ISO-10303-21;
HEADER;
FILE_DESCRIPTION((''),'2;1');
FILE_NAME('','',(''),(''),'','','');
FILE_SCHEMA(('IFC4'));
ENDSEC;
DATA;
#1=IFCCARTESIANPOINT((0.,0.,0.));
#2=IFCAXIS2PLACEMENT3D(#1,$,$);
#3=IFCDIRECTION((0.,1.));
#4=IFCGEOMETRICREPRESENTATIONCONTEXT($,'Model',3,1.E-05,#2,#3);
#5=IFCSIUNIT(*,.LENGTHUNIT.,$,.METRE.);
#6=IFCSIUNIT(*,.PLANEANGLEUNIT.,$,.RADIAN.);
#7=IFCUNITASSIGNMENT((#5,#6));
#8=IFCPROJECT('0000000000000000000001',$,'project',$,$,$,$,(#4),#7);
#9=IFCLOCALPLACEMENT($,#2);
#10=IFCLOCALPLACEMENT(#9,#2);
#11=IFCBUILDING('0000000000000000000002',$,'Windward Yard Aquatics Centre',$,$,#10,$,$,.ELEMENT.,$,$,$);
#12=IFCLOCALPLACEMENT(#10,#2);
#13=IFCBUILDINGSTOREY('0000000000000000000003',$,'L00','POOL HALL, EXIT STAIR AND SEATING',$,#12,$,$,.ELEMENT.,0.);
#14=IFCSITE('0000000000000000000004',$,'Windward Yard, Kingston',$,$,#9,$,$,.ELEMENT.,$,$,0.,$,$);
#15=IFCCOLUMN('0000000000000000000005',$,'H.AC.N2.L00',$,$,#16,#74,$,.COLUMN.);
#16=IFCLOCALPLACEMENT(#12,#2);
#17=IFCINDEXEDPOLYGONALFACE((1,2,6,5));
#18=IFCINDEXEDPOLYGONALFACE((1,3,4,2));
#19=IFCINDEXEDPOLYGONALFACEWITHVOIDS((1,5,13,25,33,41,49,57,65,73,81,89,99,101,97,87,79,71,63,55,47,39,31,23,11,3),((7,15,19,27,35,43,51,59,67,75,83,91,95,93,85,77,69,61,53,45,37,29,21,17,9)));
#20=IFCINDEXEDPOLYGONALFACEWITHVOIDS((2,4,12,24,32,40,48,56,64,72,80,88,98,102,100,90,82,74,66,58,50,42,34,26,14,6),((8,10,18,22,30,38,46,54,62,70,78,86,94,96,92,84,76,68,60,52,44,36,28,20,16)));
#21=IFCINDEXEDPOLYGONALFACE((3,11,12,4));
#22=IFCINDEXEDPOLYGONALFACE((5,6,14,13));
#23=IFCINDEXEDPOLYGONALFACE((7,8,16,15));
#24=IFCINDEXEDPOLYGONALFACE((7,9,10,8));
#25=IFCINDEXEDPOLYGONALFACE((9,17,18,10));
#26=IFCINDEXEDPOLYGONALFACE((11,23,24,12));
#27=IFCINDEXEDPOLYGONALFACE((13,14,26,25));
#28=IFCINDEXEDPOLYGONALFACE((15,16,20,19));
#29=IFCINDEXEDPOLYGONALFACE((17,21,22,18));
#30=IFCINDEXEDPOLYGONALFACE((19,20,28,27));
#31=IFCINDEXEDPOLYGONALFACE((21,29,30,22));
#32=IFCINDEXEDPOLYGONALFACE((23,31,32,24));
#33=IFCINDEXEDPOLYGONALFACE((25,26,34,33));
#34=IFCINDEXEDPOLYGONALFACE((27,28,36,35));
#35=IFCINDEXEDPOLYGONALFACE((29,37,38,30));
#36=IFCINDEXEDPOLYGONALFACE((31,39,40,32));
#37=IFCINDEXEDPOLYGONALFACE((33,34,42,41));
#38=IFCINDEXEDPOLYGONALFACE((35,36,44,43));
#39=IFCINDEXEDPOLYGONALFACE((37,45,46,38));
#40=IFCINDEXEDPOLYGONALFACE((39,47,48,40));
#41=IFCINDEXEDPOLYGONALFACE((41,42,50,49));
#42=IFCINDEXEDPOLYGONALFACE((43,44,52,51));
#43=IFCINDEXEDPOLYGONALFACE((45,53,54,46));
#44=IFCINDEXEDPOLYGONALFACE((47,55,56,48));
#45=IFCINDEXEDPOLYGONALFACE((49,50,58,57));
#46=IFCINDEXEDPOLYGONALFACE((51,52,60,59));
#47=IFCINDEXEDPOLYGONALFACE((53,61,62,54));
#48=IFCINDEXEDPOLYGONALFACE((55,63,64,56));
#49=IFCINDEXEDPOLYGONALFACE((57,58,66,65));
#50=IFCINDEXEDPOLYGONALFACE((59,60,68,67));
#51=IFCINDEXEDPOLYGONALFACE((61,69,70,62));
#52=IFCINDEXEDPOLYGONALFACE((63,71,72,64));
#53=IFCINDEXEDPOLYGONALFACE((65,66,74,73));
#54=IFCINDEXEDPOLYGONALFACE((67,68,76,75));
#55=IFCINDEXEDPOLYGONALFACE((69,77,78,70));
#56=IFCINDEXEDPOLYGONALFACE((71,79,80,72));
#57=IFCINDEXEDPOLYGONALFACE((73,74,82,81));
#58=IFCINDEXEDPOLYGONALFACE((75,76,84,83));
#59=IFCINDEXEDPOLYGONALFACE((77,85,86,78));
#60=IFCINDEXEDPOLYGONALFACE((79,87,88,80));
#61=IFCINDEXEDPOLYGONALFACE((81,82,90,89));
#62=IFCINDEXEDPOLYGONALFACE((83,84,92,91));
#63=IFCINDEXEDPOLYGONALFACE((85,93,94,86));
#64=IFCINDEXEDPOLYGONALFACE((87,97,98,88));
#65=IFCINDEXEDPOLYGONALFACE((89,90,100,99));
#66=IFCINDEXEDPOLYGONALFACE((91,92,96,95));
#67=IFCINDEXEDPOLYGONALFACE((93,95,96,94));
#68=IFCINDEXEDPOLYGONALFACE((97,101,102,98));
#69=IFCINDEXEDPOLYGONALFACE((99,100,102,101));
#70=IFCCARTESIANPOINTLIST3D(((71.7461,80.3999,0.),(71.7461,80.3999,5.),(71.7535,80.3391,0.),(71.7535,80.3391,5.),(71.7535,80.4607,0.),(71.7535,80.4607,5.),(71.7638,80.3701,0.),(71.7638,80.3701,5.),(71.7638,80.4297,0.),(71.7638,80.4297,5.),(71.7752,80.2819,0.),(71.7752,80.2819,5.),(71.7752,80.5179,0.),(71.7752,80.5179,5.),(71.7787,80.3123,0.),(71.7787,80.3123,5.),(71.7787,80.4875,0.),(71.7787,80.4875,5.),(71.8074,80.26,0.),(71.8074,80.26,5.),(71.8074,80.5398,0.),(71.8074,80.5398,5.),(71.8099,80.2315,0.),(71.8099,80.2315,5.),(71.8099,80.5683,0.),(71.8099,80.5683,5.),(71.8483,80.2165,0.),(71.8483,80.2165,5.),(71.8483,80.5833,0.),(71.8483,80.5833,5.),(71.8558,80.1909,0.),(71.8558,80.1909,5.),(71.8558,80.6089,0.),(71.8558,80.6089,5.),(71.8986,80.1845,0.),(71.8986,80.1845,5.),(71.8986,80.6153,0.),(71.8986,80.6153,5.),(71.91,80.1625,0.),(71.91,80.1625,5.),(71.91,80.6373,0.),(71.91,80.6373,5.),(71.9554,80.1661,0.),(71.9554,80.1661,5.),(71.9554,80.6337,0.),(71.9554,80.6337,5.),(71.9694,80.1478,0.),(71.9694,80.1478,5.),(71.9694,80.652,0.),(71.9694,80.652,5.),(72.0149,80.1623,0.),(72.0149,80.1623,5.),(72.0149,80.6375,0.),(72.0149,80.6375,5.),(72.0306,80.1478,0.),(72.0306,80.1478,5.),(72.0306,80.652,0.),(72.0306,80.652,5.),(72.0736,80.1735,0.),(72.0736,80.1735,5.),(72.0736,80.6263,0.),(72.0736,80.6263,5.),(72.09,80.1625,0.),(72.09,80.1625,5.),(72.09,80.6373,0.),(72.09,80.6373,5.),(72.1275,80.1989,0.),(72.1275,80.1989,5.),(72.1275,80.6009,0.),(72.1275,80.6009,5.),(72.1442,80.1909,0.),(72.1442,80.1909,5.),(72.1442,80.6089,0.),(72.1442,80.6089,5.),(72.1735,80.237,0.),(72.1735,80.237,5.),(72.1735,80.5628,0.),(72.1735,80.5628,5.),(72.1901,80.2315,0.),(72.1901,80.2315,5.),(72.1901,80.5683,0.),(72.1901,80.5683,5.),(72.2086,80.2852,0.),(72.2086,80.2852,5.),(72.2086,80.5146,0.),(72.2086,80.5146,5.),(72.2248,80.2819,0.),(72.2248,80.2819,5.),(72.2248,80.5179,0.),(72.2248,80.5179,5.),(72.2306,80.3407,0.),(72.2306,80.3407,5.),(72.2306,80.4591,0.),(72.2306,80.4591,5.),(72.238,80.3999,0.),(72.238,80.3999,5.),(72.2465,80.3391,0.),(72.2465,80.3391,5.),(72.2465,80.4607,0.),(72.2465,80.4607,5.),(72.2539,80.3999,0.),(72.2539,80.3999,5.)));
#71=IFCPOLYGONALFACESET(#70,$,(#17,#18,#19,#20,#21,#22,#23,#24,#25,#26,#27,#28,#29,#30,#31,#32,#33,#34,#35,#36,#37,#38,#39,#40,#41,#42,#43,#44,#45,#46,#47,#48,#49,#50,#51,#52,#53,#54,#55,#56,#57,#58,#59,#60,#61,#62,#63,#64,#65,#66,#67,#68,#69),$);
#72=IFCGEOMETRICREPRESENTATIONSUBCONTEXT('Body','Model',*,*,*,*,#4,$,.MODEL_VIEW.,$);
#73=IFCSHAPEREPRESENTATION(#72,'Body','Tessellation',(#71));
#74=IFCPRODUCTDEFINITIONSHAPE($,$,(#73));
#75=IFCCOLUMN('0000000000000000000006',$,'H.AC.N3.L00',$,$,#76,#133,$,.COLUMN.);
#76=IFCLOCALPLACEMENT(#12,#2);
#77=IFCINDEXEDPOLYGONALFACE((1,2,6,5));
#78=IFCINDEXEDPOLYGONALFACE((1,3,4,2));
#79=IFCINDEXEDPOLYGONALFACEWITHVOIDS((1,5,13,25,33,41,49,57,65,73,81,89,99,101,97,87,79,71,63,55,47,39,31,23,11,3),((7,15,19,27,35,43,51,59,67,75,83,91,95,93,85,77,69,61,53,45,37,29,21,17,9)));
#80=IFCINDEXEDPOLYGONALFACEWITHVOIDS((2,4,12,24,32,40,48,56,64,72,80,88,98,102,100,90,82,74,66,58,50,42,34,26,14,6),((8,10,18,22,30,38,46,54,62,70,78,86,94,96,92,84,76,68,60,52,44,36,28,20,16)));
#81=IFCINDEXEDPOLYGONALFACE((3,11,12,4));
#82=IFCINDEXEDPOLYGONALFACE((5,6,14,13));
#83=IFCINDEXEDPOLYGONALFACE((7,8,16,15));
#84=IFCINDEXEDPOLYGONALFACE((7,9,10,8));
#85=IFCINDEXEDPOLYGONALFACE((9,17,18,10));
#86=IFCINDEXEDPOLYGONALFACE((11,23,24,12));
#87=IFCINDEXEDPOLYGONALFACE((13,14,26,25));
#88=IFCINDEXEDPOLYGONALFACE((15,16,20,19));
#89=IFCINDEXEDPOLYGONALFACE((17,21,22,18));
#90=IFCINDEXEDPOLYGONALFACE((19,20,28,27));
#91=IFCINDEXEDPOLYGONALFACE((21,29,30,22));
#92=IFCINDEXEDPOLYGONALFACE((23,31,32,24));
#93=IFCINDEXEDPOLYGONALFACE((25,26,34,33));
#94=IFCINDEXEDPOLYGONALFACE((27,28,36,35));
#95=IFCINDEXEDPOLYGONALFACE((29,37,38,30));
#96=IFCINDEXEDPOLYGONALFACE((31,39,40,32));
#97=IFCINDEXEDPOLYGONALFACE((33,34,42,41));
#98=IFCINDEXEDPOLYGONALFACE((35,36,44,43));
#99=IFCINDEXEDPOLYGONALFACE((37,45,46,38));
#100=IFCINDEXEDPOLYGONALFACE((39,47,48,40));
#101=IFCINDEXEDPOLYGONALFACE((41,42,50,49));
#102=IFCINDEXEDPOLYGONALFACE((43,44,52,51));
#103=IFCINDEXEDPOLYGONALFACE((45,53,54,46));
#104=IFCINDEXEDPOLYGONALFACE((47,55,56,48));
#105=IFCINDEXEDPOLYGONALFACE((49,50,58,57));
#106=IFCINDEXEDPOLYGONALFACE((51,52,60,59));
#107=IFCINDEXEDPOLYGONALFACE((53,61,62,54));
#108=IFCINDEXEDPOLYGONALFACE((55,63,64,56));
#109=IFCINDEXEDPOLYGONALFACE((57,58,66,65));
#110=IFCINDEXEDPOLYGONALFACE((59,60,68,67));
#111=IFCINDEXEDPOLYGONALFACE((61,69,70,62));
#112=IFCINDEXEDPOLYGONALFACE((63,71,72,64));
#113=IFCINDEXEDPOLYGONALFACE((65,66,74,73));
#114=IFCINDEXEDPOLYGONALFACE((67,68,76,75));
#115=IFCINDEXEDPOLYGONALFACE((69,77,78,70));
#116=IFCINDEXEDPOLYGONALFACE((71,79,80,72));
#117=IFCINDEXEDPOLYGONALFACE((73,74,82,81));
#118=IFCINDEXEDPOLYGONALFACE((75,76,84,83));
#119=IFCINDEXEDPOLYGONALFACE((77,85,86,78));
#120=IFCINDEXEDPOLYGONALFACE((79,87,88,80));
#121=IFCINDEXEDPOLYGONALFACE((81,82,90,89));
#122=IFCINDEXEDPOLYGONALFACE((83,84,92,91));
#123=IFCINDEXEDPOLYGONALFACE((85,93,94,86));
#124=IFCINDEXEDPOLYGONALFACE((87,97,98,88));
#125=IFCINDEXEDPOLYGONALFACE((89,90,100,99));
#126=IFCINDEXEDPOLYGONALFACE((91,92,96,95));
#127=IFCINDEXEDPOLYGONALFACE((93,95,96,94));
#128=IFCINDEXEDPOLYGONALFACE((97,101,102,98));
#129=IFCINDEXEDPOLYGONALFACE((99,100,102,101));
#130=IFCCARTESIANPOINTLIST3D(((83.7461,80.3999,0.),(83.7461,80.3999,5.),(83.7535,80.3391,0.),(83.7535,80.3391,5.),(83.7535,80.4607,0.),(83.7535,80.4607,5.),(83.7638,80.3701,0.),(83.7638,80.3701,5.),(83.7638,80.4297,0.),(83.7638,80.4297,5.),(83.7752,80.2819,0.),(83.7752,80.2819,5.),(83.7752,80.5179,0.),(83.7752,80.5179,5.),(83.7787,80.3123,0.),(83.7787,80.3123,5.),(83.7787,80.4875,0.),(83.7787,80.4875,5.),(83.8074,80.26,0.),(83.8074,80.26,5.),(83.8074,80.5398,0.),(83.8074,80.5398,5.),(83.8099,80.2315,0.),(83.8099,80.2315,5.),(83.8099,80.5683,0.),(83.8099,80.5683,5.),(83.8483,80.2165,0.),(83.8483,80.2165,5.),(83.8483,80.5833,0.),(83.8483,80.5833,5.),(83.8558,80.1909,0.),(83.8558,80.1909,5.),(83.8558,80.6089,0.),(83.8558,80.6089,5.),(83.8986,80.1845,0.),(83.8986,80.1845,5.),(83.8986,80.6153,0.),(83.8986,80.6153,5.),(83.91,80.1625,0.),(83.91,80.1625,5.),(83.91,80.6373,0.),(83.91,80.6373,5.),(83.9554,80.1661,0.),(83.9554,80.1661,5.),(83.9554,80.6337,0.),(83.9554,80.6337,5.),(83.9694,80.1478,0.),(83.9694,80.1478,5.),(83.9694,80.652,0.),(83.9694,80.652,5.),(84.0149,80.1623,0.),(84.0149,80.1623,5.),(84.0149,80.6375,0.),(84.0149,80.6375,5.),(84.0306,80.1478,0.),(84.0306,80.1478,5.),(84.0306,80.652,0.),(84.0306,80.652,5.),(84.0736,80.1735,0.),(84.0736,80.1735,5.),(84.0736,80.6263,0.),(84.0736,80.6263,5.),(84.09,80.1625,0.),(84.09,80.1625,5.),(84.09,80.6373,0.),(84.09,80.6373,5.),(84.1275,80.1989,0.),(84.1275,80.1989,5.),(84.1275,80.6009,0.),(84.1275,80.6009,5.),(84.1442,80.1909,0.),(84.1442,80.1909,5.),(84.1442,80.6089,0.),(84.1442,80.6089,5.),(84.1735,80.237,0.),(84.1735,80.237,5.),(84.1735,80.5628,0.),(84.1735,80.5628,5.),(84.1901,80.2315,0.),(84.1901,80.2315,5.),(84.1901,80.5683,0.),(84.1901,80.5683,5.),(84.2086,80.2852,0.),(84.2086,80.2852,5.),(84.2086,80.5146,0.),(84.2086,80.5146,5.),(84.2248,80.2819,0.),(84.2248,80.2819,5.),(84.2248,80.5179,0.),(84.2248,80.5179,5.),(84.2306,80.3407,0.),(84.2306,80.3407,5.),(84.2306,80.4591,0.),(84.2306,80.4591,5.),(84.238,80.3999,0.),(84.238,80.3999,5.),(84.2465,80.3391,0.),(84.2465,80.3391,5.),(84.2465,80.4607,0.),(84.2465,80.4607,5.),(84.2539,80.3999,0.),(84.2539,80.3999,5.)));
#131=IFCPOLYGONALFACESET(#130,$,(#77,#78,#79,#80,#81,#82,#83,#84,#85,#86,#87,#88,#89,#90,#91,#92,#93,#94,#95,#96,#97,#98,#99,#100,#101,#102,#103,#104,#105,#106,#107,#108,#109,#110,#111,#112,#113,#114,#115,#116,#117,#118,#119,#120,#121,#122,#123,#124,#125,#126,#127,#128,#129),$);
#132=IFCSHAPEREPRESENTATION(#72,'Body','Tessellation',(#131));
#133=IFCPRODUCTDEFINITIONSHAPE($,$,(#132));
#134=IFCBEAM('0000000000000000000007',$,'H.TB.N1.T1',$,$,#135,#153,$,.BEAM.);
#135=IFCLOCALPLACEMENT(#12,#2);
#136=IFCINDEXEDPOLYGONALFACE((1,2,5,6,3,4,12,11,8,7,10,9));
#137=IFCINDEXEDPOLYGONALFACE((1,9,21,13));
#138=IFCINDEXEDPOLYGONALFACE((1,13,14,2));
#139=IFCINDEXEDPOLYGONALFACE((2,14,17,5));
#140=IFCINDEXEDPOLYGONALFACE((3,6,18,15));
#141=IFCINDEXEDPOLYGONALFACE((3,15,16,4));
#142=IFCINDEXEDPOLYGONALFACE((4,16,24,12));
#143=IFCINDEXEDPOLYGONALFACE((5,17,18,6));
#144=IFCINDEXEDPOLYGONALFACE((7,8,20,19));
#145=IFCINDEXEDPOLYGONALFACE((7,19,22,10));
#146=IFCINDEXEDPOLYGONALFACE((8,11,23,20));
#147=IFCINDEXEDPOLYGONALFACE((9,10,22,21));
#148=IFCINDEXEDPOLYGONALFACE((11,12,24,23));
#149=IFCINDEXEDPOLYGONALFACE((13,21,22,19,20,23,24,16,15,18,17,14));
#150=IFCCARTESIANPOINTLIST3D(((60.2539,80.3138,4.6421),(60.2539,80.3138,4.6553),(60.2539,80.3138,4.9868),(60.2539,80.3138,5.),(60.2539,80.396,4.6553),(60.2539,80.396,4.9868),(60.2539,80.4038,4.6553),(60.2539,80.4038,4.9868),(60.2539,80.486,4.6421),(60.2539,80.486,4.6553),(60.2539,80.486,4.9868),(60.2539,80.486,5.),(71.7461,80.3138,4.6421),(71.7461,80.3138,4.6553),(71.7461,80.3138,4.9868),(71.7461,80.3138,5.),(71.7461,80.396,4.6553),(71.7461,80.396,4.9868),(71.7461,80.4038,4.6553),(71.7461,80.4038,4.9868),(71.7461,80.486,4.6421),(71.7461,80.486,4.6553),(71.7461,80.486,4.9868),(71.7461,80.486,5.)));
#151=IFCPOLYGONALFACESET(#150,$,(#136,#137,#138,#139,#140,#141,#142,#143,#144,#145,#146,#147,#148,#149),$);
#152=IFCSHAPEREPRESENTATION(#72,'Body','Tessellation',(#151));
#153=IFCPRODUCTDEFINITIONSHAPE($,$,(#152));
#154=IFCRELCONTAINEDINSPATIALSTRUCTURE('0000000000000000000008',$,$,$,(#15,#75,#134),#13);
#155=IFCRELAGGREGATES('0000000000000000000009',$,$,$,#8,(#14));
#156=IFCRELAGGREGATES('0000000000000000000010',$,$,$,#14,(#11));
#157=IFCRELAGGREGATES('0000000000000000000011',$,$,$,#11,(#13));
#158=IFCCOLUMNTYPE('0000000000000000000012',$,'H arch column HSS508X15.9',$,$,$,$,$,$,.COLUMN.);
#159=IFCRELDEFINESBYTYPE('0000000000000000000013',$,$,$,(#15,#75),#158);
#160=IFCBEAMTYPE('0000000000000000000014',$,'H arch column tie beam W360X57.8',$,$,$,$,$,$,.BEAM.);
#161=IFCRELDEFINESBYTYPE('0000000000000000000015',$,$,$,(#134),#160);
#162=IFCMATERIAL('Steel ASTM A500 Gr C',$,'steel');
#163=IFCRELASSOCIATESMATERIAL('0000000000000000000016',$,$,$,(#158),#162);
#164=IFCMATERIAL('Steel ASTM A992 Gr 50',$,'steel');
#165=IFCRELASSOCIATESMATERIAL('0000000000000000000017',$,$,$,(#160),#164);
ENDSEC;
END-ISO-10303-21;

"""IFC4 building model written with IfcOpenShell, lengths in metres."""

from ifc_helpers import new_model, si_unit, direction, frame, origin, origin_2d, place, context, subcontext, project, spatial, hollow_circle, i_section, extrude, material, material_profile, profile_set, type_object, element, save


model = new_model("IFC4")

# Units and contexts
model_context = context("Model", 3, precision=1e-05, world=origin(), true_north=direction((0.0, 1.0)))
body_context = subcontext(model_context, "Body", "Model", "MODEL_VIEW")
ifc_project = project(units=[si_unit("LENGTHUNIT", "METRE"), si_unit("PLANEANGLEUNIT", "RADIAN")], contexts=[model_context])

# Site, building, storey
site_placement = place(None, origin())
site = spatial("IfcSite", under=ifc_project, at=site_placement, Name="Windward Yard, Kingston", CompositionType="ELEMENT", RefElevation=0.0)
building_placement = place(site_placement, origin())
building = spatial("IfcBuilding", under=site, at=building_placement, Name="Windward Yard Aquatics Centre", CompositionType="ELEMENT")
storey_placement = place(building_placement, origin())
storey = spatial("IfcBuildingStorey", under=building, at=storey_placement, Name="L00", Description="POOL HALL, EXIT STAIR AND SEATING", CompositionType="ELEMENT", Elevation=0.0)

# Columns
ifc_material_1 = material(Name="Steel ASTM A500 Gr C", Category="steel")
ifc_material_profile_1 = material_profile(ifc_material_1, hollow_circle(Radius=0.2539, WallThickness=0.0159, at=origin_2d()), Name="HSS508X15.9")
ifc_profile_set_1 = profile_set([ifc_material_profile_1], Name="Steel ASTM A500 Gr C")
column_type = type_object("IfcColumnType", Name="H arch column HSS508X15.9", PredefinedType="COLUMN", material=ifc_profile_set_1)
for number, where, z_axis, x_axis, name in (
    (1, (72.0, 80.3999, 0.0), (0.0, 0.0, 1.0), (1.0, 0.0, 0.0), "H.AC.N2.L00"),
    (2, (84.0, 80.3999, 0.0), (0.0, 0.0, 1.0), (1.0, 0.0, 0.0), "H.AC.N3.L00"),
):
    element("IfcColumn", number, at=place(storey_placement, frame(where, z_axis=z_axis, x_axis=x_axis)), inside=storey, type_object=column_type, Name=name, PredefinedType="COLUMN", context=body_context, shape_type="SweptSolid", body=[
        extrude(hollow_circle(Radius=0.2539, WallThickness=0.0159, at=origin_2d()), origin(), (0.0, 0.0, 1.0), 5.0),
    ])

# Beam
ifc_material_2 = material(Name="Steel ASTM A992 Gr 50", Category="steel")
ifc_material_profile_2 = material_profile(ifc_material_2, i_section(OverallWidth=0.1721, OverallDepth=0.3579, WebThickness=0.0078, FlangeThickness=0.0132, at=origin_2d()), Name="W360X57.8")
ifc_profile_set_2 = profile_set([ifc_material_profile_2], Name="Steel ASTM A992 Gr 50")
beam_type = type_object("IfcBeamType", Name="H arch column tie beam W360X57.8", PredefinedType="BEAM", material=ifc_profile_set_2)
beam_placement = place(storey_placement, frame((60.2539, 80.3999, 4.821), z_axis=(1.0, 0.0, 0.0), x_axis=(0.0, 1.0, 0.0)))
element("IfcBeam", 3, at=beam_placement, inside=storey, type_object=beam_type, Name="H.TB.N1.T1", PredefinedType="BEAM", context=body_context, shape_type="SweptSolid", body=[
    extrude(i_section(OverallWidth=0.1721, OverallDepth=0.3579, WebThickness=0.0078, FlangeThickness=0.0132, at=origin_2d()), origin(), (0.0, 0.0, 1.0), 11.4922),
])

save(model, "model.ifc")
